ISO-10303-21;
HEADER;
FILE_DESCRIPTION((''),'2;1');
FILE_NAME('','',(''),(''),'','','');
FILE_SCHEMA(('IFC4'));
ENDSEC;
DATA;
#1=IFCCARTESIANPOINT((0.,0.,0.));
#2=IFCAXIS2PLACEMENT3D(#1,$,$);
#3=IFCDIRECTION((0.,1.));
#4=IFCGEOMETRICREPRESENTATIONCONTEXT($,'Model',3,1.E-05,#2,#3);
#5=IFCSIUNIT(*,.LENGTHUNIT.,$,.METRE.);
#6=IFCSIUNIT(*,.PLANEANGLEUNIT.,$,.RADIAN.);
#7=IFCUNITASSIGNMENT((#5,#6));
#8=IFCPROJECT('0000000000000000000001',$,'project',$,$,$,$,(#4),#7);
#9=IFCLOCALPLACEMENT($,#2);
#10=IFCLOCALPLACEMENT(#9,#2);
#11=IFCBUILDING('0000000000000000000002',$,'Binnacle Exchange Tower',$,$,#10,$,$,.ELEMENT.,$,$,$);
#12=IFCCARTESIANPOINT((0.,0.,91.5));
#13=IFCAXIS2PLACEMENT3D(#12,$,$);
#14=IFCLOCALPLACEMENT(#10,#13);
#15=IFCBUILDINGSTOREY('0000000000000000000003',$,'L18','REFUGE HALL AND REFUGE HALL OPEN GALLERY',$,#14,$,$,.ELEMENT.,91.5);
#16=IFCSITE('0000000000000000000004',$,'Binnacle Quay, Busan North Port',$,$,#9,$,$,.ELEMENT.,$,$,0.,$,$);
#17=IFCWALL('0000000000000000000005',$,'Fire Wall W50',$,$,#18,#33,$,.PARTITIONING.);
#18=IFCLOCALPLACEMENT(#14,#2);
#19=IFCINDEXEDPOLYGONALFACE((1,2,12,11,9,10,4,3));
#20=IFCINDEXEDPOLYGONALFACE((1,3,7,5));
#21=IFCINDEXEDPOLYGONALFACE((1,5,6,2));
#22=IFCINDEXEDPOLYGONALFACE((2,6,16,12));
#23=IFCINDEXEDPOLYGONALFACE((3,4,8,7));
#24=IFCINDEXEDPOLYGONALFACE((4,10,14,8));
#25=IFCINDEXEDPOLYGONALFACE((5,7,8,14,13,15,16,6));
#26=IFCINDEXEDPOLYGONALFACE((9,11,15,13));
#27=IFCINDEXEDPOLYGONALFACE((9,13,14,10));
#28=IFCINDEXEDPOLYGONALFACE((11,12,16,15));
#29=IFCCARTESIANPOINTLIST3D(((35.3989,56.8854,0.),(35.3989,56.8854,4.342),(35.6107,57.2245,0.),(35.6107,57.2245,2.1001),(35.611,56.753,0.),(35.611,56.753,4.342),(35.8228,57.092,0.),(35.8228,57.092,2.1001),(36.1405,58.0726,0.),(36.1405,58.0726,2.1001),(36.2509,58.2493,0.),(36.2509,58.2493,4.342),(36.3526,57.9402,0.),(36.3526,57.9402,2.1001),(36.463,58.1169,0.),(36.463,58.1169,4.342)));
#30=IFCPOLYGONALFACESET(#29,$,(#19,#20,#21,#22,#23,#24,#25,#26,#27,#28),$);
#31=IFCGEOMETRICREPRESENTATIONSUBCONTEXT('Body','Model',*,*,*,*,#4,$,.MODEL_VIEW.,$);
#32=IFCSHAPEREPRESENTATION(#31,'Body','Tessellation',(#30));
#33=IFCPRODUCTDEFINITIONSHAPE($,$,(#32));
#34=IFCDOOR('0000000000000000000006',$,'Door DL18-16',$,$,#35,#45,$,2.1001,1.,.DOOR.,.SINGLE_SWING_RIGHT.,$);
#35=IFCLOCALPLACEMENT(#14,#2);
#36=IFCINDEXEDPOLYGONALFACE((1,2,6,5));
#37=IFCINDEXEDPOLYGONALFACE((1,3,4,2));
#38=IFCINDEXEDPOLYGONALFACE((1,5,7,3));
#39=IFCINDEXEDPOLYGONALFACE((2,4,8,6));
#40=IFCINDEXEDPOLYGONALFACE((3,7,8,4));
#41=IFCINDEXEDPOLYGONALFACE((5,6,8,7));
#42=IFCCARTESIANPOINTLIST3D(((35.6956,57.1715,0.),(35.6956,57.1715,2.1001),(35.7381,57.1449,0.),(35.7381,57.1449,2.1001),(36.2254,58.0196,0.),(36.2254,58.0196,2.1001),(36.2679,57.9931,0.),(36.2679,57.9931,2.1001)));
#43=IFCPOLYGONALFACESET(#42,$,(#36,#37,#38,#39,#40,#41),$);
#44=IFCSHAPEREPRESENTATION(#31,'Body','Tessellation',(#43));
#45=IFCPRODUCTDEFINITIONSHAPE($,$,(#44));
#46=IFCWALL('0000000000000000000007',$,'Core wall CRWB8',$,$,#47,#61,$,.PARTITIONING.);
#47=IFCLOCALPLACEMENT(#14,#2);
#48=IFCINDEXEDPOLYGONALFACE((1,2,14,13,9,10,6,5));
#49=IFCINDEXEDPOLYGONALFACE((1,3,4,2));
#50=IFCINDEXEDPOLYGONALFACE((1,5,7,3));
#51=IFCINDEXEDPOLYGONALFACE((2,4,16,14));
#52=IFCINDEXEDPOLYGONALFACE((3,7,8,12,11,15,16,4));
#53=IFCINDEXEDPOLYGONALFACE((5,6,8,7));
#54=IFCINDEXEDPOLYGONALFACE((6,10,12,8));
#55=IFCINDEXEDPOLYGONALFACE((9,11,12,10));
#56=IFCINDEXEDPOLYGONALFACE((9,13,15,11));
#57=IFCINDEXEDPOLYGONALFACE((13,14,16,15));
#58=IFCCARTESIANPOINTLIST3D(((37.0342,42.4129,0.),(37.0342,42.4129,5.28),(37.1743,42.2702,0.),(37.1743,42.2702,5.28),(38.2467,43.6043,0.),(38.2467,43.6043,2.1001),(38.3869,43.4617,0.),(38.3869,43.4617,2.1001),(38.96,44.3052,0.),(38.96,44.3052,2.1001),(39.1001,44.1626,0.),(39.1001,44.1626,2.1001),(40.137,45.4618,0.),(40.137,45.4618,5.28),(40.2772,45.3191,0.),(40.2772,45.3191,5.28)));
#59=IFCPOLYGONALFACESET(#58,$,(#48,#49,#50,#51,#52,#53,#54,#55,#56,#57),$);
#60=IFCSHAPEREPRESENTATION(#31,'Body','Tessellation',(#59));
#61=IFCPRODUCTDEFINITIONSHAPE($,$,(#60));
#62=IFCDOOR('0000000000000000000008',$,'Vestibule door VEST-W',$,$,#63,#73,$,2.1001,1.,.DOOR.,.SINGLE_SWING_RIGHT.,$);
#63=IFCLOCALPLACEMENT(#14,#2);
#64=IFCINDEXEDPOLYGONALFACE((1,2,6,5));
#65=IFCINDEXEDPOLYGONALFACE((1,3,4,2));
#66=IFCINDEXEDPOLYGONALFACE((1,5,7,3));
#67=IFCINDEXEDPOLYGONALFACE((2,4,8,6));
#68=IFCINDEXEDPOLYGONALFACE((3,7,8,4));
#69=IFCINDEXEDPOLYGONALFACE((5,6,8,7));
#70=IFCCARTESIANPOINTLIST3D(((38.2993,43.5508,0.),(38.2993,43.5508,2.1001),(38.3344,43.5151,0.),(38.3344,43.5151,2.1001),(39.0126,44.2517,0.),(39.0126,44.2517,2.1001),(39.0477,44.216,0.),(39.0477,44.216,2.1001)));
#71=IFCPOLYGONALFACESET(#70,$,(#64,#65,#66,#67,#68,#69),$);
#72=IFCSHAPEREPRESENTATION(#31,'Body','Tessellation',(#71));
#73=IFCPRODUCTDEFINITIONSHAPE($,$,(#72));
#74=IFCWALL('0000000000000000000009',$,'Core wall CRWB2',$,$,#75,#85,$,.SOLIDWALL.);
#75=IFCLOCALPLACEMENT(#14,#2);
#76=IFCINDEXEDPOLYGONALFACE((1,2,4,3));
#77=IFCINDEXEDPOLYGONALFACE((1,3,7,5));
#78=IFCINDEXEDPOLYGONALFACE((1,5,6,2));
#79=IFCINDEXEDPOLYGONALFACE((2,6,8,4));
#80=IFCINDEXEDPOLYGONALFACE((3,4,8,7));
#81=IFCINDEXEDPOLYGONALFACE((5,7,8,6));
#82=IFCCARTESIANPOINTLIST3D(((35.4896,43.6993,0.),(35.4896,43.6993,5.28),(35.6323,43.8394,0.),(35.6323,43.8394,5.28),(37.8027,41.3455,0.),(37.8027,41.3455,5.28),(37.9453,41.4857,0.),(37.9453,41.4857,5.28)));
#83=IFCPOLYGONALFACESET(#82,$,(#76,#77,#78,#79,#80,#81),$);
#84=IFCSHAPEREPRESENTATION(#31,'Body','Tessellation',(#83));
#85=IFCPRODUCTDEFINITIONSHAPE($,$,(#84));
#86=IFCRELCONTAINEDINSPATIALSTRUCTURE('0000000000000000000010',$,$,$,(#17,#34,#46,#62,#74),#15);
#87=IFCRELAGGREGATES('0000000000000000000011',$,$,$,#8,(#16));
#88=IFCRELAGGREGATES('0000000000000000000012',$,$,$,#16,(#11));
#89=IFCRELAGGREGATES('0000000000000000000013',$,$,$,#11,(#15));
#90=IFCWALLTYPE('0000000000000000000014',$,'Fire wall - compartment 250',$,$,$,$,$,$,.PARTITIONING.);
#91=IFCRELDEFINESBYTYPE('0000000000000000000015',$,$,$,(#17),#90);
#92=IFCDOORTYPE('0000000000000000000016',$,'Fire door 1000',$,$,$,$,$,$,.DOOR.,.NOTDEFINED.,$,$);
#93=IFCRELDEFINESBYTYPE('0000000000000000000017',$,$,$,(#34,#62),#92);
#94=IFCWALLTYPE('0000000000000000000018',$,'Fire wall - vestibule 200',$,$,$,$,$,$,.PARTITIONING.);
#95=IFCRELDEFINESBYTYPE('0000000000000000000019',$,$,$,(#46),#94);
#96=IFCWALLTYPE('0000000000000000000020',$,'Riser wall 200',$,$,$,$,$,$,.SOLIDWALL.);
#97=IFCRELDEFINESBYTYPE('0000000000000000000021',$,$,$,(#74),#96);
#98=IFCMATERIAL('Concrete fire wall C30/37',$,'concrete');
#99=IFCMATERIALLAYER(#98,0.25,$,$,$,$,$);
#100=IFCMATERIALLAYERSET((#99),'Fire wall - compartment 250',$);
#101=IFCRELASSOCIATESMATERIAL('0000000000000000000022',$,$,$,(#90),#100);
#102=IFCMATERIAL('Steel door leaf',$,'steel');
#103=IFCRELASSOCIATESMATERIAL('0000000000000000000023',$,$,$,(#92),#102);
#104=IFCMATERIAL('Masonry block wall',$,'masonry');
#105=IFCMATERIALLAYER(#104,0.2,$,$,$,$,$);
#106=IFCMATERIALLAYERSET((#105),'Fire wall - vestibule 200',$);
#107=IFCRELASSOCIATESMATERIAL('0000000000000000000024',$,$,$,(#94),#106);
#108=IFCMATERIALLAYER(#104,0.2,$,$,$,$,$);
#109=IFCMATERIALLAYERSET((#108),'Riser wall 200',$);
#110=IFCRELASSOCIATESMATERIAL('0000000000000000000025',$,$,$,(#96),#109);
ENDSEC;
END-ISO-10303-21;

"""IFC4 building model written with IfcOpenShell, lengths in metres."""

from ifc_helpers import new_model, si_unit, direction, frame, frame_2d, origin, place, context, subcontext, project, spatial, rectangle, extrude, material, layer, layer_set, type_object, element, fill, save


model = new_model("IFC4")

# Units and contexts
model_context = context("Model", 3, precision=1e-05, world=origin(), true_north=direction((0.0, 1.0)))
body_context = subcontext(model_context, "Body", "Model", "MODEL_VIEW")
ifc_project = project(units=[si_unit("LENGTHUNIT", "METRE"), si_unit("PLANEANGLEUNIT", "RADIAN")], contexts=[model_context])

# Site, building, storey
site_placement = place(None, origin())
site = spatial("IfcSite", under=ifc_project, at=site_placement, Name="Binnacle Quay, Busan North Port", CompositionType="ELEMENT", RefElevation=0.0)
building_placement = place(site_placement, origin())
building = spatial("IfcBuilding", under=site, at=building_placement, Name="Binnacle Exchange Tower", CompositionType="ELEMENT")
storey_placement = place(building_placement, frame((0.0, 0.0, 91.5)))
storey = spatial("IfcBuildingStorey", under=building, at=storey_placement, Name="L18", Description="REFUGE HALL AND REFUGE HALL OPEN GALLERY", CompositionType="ELEMENT", Elevation=91.5)

# Shared definitions
ifc_material_1 = material(Name="Steel door leaf", Category="steel")

# Shared definitions
ifc_material_2 = material(Name="Masonry block wall", Category="masonry")

# Shared definitions
ifc_material_3 = material(Name="Concrete fire wall C30/37", Category="concrete")
ifc_layer_1 = layer(ifc_material_3, 0.25)
ifc_layer_set_1 = layer_set([ifc_layer_1], Name="Fire wall - compartment 250")
wall_type_1 = type_object("IfcWallType", Name="Fire wall - compartment 250", PredefinedType="PARTITIONING", material=ifc_layer_set_1)

# Walls, openings, doors
wall_1_placement = place(storey_placement, frame((35.5049, 56.8191, 0.0), z_axis=(0.0, 0.0, 1.0), x_axis=(0.529794, 0.848126, 0.0)))
wall_1 = element("IfcWall", 1, at=wall_1_placement, inside=storey, type_object=wall_type_1, Name="Fire Wall W50", PredefinedType="PARTITIONING", context=body_context, shape_type="SweptSolid", body=[
    extrude(rectangle(XDim=1.6082, YDim=0.25, at=frame_2d((0.8042, 0.0))), origin(), (0.0, 0.0, 1.0), 4.342),
])
opening_1_placement = place(wall_1_placement, frame((0.3999, 0.0, 0.0)))
opening_1 = element("IfcOpeningElement", 2, at=opening_1_placement, cuts=wall_1, PredefinedType="OPENING", context=body_context, shape_type="SweptSolid", body=[
    extrude(rectangle(XDim=1.0, YDim=2.1001, at=frame_2d((0.5, 1.05))), frame((0.0, 0.135, 0.0), z_axis=(0.0, -1.0, 0.0), x_axis=(1.0, 0.0, 0.0)), (0.0, 0.0, 1.0), 0.27),
])
door_type_1 = type_object("IfcDoorType", Name="Fire door 1000", OperationType="NOTDEFINED", PredefinedType="DOOR", material=ifc_material_1)
door_1_placement = place(opening_1_placement, origin())
door_1 = element("IfcDoor", 3, at=door_1_placement, inside=storey, type_object=door_type_1, Name="Door DL18-16", OperationType="SINGLE_SWING_RIGHT", OverallHeight=2.1001, OverallWidth=1.0, PredefinedType="DOOR", context=body_context, shape_type="SweptSolid", body=[
    extrude(rectangle(XDim=1.0, YDim=2.1001, at=frame_2d((0.5, 1.05))), frame((0.0, 0.0249, 0.0), z_axis=(0.0, -1.0, 0.0), x_axis=(1.0, 0.0, 0.0)), (0.0, 0.0, 1.0), 0.05),
])
fill(opening_1, door_1)
ifc_layer_2 = layer(ifc_material_2, 0.2)
ifc_layer_set_2 = layer_set([ifc_layer_2], Name="Fire wall - vestibule 200")
wall_type_2 = type_object("IfcWallType", Name="Fire wall - vestibule 200", PredefinedType="PARTITIONING", material=ifc_layer_set_2)
wall_2_placement = place(storey_placement, frame((37.1042, 42.3416, 0.0), z_axis=(0.0, 0.0, 1.0), x_axis=(0.713281, 0.700878, 0.0)))
wall_2 = element("IfcWall", 4, at=wall_2_placement, inside=storey, type_object=wall_type_2, Name="Core wall CRWB8", PredefinedType="PARTITIONING", context=body_context, shape_type="SweptSolid", body=[
    extrude(rectangle(XDim=4.3501, YDim=0.2, at=frame_2d((2.175, 0.0))), origin(), (0.0, 0.0, 1.0), 5.28),
])
opening_2_placement = place(wall_2_placement, frame((1.7, 0.0, 0.0)))
opening_2 = element("IfcOpeningElement", 5, at=opening_2_placement, cuts=wall_2, PredefinedType="OPENING", context=body_context, shape_type="SweptSolid", body=[
    extrude(rectangle(XDim=1.0, YDim=2.1001, at=frame_2d((0.5, 1.05))), frame((0.0, 0.1099, 0.0), z_axis=(0.0, -1.0, 0.0), x_axis=(1.0, 0.0, 0.0)), (0.0, 0.0, 1.0), 0.22),
])
door_2_placement = place(opening_2_placement, origin())
door_2 = element("IfcDoor", 6, at=door_2_placement, inside=storey, type_object=door_type_1, Name="Vestibule door VEST-W", OperationType="SINGLE_SWING_RIGHT", OverallHeight=2.1001, OverallWidth=1.0, PredefinedType="DOOR", context=body_context, shape_type="SweptSolid", body=[
    extrude(rectangle(XDim=1.0, YDim=2.1001, at=frame_2d((0.5, 1.05))), frame((0.0, 0.0249, 0.0), z_axis=(0.0, -1.0, 0.0), x_axis=(1.0, 0.0, 0.0)), (0.0, 0.0, 1.0), 0.05),
])
fill(opening_2, door_2)

# Wall
ifc_layer_3 = layer(ifc_material_2, 0.2)
ifc_layer_set_3 = layer_set([ifc_layer_3], Name="Riser wall 200")
wall_type_3 = type_object("IfcWallType", Name="Riser wall 200", PredefinedType="SOLIDWALL", material=ifc_layer_set_3)
wall_3_placement = place(storey_placement, frame((35.561, 43.7693, 0.0), z_axis=(0.0, 0.0, 1.0), x_axis=(0.700902, -0.713257, 0.0)))
element("IfcWall", 7, at=wall_3_placement, inside=storey, type_object=wall_type_3, Name="Core wall CRWB2", PredefinedType="SOLIDWALL", context=body_context, shape_type="SweptSolid", body=[
    extrude(rectangle(XDim=3.3, YDim=0.2, at=frame_2d((1.6499, 0.0))), origin(), (0.0, 0.0, 1.0), 5.28),
])

save(model, "model.ifc")
